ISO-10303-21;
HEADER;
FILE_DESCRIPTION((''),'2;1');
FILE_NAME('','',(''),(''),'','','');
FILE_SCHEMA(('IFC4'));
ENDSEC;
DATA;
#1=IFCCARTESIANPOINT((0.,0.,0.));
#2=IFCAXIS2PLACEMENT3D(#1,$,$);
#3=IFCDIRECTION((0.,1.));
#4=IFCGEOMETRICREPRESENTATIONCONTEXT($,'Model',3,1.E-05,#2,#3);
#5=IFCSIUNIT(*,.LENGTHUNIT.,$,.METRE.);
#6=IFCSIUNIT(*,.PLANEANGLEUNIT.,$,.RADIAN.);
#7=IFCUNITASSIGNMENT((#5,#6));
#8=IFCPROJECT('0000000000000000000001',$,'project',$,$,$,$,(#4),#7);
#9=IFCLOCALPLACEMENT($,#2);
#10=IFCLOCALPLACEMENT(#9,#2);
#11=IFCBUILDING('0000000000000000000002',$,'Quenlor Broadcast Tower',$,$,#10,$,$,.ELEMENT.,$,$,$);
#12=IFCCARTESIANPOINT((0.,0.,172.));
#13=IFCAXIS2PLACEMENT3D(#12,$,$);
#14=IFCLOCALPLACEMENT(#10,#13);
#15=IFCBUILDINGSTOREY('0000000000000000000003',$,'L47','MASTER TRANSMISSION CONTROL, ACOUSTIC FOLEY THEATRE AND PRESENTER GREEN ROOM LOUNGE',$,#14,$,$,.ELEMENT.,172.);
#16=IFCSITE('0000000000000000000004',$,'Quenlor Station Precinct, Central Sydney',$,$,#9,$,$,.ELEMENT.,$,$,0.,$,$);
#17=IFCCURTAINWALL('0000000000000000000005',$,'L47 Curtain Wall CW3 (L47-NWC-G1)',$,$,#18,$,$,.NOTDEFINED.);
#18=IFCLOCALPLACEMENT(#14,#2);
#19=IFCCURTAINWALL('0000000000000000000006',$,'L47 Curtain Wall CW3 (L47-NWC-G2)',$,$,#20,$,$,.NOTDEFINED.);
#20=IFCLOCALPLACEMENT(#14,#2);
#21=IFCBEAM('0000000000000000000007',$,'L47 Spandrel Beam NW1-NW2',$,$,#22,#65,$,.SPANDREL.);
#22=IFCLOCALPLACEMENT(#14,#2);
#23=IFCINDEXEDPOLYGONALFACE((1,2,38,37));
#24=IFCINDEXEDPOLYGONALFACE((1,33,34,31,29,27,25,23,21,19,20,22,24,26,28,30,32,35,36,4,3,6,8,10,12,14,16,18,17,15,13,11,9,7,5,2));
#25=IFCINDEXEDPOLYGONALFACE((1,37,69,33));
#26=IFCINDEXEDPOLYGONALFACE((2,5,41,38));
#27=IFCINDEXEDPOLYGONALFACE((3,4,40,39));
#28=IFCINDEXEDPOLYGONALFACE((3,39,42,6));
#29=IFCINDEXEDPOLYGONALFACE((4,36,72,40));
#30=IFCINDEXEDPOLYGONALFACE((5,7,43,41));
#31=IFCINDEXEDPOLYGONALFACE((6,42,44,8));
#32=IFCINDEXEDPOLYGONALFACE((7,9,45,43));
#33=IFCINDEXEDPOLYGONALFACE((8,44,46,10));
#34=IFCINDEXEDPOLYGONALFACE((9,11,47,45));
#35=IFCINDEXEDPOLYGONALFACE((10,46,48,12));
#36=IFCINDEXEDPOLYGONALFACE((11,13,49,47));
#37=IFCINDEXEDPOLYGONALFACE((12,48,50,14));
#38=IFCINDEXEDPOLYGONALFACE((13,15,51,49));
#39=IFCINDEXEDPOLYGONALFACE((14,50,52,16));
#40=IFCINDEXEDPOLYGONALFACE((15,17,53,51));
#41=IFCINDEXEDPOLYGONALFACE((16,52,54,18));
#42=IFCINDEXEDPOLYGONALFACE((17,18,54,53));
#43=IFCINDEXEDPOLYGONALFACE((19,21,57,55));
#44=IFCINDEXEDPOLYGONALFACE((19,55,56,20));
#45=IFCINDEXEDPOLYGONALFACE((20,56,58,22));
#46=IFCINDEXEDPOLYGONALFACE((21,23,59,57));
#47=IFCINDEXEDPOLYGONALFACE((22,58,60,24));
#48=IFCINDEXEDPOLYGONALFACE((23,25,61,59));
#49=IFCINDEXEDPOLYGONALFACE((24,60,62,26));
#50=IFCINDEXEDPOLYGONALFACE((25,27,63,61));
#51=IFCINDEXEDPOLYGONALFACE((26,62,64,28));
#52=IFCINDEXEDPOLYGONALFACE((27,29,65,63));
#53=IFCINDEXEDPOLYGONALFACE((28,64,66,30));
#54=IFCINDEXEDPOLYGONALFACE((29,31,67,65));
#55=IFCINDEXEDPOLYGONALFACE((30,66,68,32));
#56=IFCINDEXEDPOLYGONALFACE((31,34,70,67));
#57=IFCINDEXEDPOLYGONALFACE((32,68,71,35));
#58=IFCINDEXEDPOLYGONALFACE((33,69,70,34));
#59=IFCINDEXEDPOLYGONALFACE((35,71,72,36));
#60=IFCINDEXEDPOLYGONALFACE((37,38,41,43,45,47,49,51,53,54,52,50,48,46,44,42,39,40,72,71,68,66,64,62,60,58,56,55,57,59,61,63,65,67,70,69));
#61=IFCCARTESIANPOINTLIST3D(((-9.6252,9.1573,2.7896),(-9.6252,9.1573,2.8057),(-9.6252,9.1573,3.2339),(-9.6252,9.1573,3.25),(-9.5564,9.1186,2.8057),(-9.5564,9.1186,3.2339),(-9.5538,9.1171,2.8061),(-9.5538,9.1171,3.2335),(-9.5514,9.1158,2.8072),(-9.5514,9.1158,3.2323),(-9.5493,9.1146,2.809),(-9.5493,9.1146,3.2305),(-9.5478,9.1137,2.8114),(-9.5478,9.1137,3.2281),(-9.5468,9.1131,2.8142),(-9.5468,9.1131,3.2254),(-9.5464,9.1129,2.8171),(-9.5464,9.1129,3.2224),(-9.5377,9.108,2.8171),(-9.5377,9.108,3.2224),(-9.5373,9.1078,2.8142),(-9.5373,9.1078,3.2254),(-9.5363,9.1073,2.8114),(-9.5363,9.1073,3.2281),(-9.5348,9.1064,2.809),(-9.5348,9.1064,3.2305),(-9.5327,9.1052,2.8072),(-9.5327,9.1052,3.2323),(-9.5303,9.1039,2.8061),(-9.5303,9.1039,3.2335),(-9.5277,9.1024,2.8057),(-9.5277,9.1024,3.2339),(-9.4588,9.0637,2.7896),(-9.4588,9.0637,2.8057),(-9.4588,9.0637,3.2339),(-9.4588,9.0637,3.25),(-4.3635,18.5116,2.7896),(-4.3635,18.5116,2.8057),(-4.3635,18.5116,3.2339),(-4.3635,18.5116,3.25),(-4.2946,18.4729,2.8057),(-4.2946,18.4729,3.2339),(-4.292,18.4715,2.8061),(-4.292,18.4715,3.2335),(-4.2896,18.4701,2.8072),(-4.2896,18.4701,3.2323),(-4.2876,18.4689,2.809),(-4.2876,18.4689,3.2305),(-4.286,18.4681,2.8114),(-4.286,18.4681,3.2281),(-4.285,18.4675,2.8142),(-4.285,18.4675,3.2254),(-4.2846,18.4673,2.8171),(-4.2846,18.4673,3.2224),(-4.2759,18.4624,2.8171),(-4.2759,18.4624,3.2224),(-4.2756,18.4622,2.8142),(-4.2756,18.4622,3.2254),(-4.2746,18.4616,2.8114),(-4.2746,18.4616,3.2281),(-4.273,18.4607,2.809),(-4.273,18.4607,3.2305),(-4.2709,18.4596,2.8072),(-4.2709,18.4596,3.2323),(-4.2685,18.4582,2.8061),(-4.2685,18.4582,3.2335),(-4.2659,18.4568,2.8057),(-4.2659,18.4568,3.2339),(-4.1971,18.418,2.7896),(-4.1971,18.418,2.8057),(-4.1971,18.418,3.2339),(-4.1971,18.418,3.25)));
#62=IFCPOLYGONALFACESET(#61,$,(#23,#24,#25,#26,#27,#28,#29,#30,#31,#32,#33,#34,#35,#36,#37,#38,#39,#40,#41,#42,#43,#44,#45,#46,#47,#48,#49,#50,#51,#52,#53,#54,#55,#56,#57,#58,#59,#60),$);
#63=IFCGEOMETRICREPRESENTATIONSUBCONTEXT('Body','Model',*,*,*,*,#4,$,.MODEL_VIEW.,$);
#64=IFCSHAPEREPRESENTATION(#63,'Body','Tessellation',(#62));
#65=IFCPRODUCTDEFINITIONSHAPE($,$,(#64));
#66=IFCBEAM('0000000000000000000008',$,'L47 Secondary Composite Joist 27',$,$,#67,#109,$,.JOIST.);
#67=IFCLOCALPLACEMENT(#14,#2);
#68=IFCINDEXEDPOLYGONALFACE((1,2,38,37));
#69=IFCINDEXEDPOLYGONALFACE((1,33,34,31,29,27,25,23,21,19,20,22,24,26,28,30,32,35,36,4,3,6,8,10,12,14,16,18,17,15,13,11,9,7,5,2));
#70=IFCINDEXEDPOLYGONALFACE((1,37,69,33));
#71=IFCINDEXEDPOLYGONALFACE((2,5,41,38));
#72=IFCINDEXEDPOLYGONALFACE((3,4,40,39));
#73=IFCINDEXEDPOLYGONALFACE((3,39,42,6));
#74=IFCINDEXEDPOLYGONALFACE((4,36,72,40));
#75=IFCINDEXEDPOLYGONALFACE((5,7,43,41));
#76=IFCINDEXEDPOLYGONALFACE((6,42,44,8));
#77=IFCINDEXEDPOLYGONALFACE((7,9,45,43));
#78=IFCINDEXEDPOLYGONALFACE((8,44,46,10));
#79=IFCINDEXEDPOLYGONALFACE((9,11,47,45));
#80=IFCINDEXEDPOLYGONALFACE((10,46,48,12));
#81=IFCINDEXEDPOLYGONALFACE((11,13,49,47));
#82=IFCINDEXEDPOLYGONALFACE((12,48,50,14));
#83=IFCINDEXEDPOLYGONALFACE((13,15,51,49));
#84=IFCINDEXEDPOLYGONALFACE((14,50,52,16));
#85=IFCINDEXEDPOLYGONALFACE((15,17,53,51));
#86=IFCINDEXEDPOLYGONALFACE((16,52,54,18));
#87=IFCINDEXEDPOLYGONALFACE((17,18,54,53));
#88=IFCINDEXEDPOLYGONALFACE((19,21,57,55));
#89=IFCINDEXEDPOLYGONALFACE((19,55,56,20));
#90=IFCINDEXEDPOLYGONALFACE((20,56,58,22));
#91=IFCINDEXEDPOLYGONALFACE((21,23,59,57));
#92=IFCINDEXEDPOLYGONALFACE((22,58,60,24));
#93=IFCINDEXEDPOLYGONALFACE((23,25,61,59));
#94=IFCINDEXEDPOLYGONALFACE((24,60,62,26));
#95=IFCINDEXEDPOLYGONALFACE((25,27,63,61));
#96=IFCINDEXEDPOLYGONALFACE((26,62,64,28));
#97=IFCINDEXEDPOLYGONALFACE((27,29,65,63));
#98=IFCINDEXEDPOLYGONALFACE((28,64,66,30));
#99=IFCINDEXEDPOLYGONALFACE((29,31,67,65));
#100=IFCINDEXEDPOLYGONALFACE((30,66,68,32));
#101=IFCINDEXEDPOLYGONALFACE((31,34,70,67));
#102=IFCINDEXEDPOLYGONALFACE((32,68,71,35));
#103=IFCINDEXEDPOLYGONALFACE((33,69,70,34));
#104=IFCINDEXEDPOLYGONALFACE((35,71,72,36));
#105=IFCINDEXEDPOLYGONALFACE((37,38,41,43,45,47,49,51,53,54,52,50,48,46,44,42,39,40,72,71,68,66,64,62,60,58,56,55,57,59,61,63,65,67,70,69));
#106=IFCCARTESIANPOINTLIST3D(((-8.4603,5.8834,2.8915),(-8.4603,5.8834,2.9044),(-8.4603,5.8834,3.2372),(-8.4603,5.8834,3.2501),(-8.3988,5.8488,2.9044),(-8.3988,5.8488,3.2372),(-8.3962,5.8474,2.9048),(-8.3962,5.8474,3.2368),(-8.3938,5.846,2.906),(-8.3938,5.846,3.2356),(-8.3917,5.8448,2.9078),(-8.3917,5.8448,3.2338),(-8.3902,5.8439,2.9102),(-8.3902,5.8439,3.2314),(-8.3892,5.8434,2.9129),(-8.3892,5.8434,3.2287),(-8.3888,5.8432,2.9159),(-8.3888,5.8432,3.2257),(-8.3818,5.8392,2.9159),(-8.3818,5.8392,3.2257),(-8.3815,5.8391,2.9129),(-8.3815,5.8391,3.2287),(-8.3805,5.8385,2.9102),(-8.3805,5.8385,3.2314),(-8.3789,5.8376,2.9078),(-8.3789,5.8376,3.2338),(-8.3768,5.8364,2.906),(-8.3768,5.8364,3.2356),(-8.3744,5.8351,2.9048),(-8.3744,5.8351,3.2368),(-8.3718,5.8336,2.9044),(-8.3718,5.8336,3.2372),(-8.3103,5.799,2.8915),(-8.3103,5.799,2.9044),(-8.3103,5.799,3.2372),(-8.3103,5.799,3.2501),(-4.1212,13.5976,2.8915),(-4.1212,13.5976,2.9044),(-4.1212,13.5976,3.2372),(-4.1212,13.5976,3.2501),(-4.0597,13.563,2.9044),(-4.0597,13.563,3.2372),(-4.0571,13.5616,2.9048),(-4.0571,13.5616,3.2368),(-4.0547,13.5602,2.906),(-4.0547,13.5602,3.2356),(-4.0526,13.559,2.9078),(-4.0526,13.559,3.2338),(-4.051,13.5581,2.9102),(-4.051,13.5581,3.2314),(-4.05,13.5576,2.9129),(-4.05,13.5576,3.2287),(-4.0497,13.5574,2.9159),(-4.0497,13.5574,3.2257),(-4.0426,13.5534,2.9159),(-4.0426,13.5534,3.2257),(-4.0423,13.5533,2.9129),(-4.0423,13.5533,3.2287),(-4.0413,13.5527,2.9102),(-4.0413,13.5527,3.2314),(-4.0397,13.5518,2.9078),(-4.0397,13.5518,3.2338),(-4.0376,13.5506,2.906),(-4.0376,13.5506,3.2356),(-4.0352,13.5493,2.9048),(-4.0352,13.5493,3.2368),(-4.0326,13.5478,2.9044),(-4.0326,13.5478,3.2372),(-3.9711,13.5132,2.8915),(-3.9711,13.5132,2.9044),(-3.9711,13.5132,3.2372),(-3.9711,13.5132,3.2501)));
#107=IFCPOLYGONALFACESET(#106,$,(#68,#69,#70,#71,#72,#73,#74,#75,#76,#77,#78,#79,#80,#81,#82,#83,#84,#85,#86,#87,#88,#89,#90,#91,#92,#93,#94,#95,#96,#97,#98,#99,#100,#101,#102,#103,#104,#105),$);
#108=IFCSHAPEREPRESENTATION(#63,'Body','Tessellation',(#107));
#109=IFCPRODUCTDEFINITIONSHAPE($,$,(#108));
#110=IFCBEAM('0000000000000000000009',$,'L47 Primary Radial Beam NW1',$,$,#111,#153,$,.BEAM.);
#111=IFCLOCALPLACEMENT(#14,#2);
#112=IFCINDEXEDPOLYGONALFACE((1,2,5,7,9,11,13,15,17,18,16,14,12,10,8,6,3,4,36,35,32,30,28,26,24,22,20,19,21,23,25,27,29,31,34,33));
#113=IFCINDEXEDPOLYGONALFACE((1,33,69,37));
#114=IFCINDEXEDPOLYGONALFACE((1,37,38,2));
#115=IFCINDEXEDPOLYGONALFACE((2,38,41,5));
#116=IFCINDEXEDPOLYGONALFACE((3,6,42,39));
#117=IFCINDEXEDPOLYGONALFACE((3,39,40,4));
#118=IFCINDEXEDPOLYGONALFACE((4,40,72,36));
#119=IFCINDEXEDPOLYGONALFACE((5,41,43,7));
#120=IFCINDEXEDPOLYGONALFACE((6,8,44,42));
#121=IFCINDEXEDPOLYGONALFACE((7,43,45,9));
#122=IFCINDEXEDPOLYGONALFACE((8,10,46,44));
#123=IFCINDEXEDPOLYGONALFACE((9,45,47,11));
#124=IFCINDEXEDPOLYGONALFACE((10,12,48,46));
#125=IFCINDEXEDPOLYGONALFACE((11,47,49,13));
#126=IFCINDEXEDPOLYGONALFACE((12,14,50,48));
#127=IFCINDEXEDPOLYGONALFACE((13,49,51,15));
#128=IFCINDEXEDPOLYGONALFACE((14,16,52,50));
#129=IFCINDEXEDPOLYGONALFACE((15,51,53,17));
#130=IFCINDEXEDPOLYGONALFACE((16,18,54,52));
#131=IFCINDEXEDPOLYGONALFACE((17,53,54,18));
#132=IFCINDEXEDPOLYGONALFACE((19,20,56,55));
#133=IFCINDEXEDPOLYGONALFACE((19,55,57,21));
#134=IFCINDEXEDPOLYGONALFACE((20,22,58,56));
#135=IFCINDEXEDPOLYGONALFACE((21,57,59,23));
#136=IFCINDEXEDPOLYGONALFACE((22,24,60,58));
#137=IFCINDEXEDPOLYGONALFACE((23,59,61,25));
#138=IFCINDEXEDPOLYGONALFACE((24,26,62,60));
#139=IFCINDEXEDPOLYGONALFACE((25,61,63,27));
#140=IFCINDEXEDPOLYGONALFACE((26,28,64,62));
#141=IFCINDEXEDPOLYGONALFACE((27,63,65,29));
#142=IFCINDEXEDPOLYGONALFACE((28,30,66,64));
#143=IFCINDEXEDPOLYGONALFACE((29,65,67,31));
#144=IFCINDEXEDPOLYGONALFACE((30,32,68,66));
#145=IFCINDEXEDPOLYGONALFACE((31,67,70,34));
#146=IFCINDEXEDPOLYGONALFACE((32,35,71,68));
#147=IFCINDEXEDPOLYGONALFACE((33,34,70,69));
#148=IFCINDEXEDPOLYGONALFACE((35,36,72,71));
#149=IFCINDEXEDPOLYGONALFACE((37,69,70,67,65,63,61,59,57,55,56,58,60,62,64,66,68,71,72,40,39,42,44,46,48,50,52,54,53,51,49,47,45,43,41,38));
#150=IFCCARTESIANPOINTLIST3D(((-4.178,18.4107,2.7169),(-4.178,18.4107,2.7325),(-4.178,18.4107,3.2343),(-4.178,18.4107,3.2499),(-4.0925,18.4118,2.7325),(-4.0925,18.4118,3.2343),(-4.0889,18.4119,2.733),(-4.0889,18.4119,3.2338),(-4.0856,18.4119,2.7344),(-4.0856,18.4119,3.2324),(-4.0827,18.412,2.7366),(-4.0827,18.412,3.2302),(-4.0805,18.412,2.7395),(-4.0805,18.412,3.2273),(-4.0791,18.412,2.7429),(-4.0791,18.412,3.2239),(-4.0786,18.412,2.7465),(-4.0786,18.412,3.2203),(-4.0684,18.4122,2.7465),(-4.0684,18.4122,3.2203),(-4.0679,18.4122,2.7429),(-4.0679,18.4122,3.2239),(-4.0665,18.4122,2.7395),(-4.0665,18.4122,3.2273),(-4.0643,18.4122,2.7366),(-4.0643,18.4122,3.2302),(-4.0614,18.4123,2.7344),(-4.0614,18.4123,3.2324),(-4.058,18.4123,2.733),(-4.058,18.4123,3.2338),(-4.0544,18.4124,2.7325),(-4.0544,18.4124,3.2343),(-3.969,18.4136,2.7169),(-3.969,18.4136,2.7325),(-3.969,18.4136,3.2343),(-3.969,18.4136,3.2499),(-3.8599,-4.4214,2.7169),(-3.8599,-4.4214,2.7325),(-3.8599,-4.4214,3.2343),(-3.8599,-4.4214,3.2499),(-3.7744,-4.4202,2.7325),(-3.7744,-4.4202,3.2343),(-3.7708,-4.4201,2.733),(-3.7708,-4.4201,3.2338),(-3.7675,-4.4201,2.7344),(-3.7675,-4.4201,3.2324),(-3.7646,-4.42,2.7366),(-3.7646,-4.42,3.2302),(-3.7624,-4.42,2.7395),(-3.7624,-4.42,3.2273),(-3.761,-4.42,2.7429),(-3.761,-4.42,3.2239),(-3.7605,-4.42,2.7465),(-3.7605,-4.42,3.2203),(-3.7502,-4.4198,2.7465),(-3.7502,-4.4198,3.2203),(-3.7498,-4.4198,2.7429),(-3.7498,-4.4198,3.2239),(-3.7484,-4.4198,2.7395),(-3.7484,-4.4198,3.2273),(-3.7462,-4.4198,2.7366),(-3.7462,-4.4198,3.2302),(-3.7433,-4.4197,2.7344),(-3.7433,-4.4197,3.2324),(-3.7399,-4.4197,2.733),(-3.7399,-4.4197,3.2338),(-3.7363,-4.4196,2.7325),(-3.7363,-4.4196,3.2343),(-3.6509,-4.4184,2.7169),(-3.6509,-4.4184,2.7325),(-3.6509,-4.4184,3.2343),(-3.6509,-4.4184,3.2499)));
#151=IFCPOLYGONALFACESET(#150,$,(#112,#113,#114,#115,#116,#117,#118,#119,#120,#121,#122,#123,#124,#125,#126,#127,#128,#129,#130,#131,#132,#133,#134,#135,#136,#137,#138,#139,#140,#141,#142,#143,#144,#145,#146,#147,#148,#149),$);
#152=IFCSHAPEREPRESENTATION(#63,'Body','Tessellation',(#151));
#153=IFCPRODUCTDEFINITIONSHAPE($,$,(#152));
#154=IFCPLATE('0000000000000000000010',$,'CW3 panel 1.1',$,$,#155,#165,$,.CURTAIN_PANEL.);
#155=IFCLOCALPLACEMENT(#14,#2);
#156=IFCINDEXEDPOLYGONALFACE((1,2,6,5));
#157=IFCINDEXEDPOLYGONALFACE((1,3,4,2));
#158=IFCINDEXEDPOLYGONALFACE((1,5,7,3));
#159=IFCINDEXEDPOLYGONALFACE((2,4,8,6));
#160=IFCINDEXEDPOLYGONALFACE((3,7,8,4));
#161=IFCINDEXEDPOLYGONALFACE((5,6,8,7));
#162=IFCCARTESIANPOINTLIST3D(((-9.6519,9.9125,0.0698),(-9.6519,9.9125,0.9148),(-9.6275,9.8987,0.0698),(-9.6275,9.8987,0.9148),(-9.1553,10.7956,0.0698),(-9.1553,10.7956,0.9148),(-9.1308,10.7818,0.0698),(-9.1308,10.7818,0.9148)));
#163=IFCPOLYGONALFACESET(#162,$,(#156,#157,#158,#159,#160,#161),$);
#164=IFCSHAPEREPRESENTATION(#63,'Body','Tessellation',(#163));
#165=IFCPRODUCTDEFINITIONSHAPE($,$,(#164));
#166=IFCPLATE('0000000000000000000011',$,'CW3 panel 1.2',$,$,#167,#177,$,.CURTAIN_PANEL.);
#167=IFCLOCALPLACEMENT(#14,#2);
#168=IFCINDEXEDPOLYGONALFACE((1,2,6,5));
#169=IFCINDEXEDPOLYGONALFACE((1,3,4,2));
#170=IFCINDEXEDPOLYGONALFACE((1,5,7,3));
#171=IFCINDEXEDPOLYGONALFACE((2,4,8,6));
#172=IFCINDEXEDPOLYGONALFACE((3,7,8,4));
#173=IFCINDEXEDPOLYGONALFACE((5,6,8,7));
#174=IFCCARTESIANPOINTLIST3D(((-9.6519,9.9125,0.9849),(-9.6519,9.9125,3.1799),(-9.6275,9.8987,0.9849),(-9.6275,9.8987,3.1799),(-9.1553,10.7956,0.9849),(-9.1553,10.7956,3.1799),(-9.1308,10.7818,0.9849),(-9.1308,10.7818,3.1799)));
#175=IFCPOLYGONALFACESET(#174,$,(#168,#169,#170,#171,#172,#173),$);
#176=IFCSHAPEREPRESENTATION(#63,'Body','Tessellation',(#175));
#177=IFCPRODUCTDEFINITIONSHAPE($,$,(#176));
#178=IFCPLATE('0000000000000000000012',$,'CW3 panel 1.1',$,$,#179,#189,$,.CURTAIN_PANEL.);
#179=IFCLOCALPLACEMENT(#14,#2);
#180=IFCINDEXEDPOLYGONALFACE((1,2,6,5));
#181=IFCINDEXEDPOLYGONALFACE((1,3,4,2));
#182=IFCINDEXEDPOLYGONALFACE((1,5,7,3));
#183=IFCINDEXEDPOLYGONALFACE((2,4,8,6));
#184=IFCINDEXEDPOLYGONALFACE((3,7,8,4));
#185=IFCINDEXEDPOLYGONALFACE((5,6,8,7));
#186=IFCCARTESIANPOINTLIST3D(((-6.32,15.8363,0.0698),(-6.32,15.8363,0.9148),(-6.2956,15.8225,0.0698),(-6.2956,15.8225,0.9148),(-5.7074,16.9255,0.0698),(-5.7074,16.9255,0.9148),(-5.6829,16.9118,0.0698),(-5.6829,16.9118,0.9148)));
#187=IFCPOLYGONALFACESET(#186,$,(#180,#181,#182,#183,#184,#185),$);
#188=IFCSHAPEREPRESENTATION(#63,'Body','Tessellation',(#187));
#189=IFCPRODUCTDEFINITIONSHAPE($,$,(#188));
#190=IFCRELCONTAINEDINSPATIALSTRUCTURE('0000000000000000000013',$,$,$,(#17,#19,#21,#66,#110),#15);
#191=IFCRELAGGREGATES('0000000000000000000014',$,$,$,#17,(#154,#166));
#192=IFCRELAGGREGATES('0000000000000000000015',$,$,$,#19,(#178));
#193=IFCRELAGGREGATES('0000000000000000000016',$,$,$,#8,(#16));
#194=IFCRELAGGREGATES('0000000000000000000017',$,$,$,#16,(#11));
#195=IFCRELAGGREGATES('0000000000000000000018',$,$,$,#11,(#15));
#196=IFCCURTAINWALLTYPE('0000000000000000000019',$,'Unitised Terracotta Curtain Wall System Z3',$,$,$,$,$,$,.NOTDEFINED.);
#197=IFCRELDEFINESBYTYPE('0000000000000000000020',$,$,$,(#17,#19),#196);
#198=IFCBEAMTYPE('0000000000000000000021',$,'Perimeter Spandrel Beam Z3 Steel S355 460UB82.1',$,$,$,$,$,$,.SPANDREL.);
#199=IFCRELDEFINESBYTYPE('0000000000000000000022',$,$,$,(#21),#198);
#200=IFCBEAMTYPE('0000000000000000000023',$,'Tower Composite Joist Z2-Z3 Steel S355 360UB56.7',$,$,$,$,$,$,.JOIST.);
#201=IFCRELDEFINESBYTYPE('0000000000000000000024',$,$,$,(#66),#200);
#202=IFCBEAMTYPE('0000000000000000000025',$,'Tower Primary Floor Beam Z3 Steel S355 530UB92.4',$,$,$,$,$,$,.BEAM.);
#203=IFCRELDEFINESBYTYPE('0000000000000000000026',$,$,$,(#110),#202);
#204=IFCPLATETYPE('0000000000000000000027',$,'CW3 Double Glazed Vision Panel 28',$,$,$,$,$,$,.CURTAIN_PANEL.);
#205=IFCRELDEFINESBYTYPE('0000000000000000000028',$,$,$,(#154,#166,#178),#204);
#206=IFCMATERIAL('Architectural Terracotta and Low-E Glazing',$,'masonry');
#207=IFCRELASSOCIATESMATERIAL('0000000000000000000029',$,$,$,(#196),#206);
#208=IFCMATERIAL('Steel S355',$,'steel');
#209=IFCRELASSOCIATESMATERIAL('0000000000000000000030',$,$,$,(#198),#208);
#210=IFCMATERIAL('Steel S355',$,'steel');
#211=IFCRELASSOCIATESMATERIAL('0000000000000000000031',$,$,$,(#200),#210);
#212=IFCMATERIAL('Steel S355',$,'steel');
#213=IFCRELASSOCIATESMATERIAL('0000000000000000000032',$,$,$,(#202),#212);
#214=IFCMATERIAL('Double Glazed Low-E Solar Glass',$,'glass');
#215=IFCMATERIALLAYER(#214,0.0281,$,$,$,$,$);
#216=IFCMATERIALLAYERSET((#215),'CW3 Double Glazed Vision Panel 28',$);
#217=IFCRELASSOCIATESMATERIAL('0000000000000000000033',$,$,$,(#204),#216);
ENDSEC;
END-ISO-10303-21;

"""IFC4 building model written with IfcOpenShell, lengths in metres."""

from ifc_helpers import new_model, si_unit, direction, frame, origin, origin_2d, place, context, subcontext, project, spatial, rectangle, i_section, extrude, material, layer, layer_set, material_profile, profile_set, type_object, element, aggregate, save


model = new_model("IFC4")

# Units and contexts
model_context = context("Model", 3, precision=1e-05, world=origin(), true_north=direction((0.0, 1.0)))
body_context = subcontext(model_context, "Body", "Model", "MODEL_VIEW")
ifc_project = project(units=[si_unit("LENGTHUNIT", "METRE"), si_unit("PLANEANGLEUNIT", "RADIAN")], contexts=[model_context])

# Site, building, storey
site_placement = place(None, origin())
site = spatial("IfcSite", under=ifc_project, at=site_placement, Name="Quenlor Station Precinct, Central Sydney", CompositionType="ELEMENT", RefElevation=0.0)
building_placement = place(site_placement, origin())
building = spatial("IfcBuilding", under=site, at=building_placement, Name="Quenlor Broadcast Tower", CompositionType="ELEMENT")
storey_placement = place(building_placement, frame((0.0, 0.0, 172.0)))
storey = spatial("IfcBuildingStorey", under=building, at=storey_placement, Name="L47", Description="MASTER TRANSMISSION CONTROL, ACOUSTIC FOLEY THEATRE AND PRESENTER GREEN ROOM LOUNGE", CompositionType="ELEMENT", Elevation=172.0)

# Curtain wall
ifc_material_1 = material(Name="Architectural Terracotta and Low-E Glazing", Category="masonry")
curtain_wall_type = type_object("IfcCurtainWallType", Name="Unitised Terracotta Curtain Wall System Z3", PredefinedType="NOTDEFINED", material=ifc_material_1)
curtain_wall_1_placement = place(storey_placement, origin())
curtain_wall_1 = element("IfcCurtainWall", 1, at=curtain_wall_1_placement, inside=storey, type_object=curtain_wall_type, Name="L47 Curtain Wall CW3 (L47-NWC-G1)", PredefinedType="NOTDEFINED")

# Curtain wall
curtain_wall_2_placement = place(storey_placement, origin())
curtain_wall_2 = element("IfcCurtainWall", 2, at=curtain_wall_2_placement, inside=storey, type_object=curtain_wall_type, Name="L47 Curtain Wall CW3 (L47-NWC-G2)", PredefinedType="NOTDEFINED")

# Beams
ifc_material_2 = material(Name="Steel S355", Category="steel")
ifc_material_profile_1 = material_profile(ifc_material_2, i_section(OverallWidth=0.1909, OverallDepth=0.4604, WebThickness=0.01, FlangeThickness=0.0161, FilletRadius=0.0115, at=origin_2d()))
ifc_profile_set_1 = profile_set([ifc_material_profile_1], Name="Steel S355 460UB82.1")
beam_type_1 = type_object("IfcBeamType", Name="Perimeter Spandrel Beam Z3 Steel S355 460UB82.1", PredefinedType="SPANDREL", material=ifc_profile_set_1)
beam_1_placement = place(storey_placement, frame((-4.2803, 18.4648, 3.0198), z_axis=(-0.490258, -0.871577, 0.0), x_axis=(0.871577, -0.490258, 0.0)))
element("IfcBeam", 3, at=beam_1_placement, inside=storey, type_object=beam_type_1, Name="L47 Spandrel Beam NW1-NW2", PredefinedType="SPANDREL", context=body_context, shape_type="SweptSolid", body=[
    extrude(i_section(OverallWidth=0.1909, OverallDepth=0.4604, WebThickness=0.01, FlangeThickness=0.0161, FilletRadius=0.0115, at=origin_2d()), origin(), (0.0, 0.0, 1.0), 10.7327),
])
ifc_material_3 = material(Name="Steel S355", Category="steel")
ifc_material_profile_2 = material_profile(ifc_material_3, i_section(OverallWidth=0.1721, OverallDepth=0.3586, WebThickness=0.0081, FlangeThickness=0.0129, FilletRadius=0.0115, at=origin_2d()))
ifc_profile_set_2 = profile_set([ifc_material_profile_2], Name="Steel S355 360UB56.7")
beam_type_2 = type_object("IfcBeamType", Name="Tower Composite Joist Z2-Z3 Steel S355 360UB56.7", PredefinedType="JOIST", material=ifc_profile_set_2)
beam_2_placement = place(storey_placement, frame((-4.0461, 13.5554, 3.0708), z_axis=(-0.490255, -0.871579, 0.0), x_axis=(0.871579, -0.490255, 0.0)))
element("IfcBeam", 4, at=beam_2_placement, inside=storey, type_object=beam_type_2, Name="L47 Secondary Composite Joist 27", PredefinedType="JOIST", context=body_context, shape_type="SweptSolid", body=[
    extrude(i_section(OverallWidth=0.1721, OverallDepth=0.3586, WebThickness=0.0081, FlangeThickness=0.0129, FilletRadius=0.0115, at=origin_2d()), origin(), (0.0, 0.0, 1.0), 8.8508),
])
ifc_material_4 = material(Name="Steel S355", Category="steel")
ifc_material_profile_3 = material_profile(ifc_material_4, i_section(OverallWidth=0.209, OverallDepth=0.533, WebThickness=0.0103, FlangeThickness=0.0156, FilletRadius=0.0139, at=origin_2d()))
ifc_profile_set_3 = profile_set([ifc_material_profile_3], Name="Steel S355 530UB92.4")
beam_type_3 = type_object("IfcBeamType", Name="Tower Primary Floor Beam Z3 Steel S355 530UB92.4", PredefinedType="BEAM", material=ifc_profile_set_3)
beam_3_placement = place(storey_placement, frame((-4.0735, 18.4121, 2.9834), z_axis=(0.013931, -0.999903, 0.0), x_axis=(0.999903, 0.013931, 0.0)))
element("IfcBeam", 5, at=beam_3_placement, inside=storey, type_object=beam_type_3, Name="L47 Primary Radial Beam NW1", PredefinedType="BEAM", context=body_context, shape_type="SweptSolid", body=[
    extrude(i_section(OverallWidth=0.209, OverallDepth=0.533, WebThickness=0.0103, FlangeThickness=0.0156, FilletRadius=0.0139, at=origin_2d()), origin(), (0.0, 0.0, 1.0), 22.8342),
])

# Plates
ifc_material_5 = material(Name="Double Glazed Low-E Solar Glass", Category="glass")
ifc_layer_1 = layer(ifc_material_5, 0.0281)
ifc_layer_set_1 = layer_set([ifc_layer_1], Name="CW3 Double Glazed Vision Panel 28")
plate_type_1 = type_object("IfcPlateType", Name="CW3 Double Glazed Vision Panel 28", PredefinedType="CURTAIN_PANEL", material=ifc_layer_set_1)
plate_1_placement = place(storey_placement, frame((-9.3914, 10.3472, 0.0698), z_axis=(0.0, 0.0, 1.0), x_axis=(0.490216, 0.871601, 0.0)))
plate_1 = element("IfcPlate", 6, at=plate_1_placement, type_object=plate_type_1, Name="CW3 panel 1.1", PredefinedType="CURTAIN_PANEL", context=body_context, shape_type="SweptSolid", body=[
    extrude(rectangle(XDim=1.0132, YDim=0.0281, at=origin_2d()), origin(), (0.0, 0.0, 1.0), 0.845),
])
plate_2_placement = place(storey_placement, frame((-9.3914, 10.3472, 0.9849), z_axis=(0.0, 0.0, 1.0), x_axis=(0.490216, 0.871601, 0.0)))
plate_2 = element("IfcPlate", 7, at=plate_2_placement, type_object=plate_type_1, Name="CW3 panel 1.2", PredefinedType="CURTAIN_PANEL", context=body_context, shape_type="SweptSolid", body=[
    extrude(rectangle(XDim=1.0132, YDim=0.0281, at=origin_2d()), origin(), (0.0, 0.0, 1.0), 2.1951),
])
aggregate(curtain_wall_1, [plate_1, plate_2])
plate_3_placement = place(storey_placement, frame((-6.0015, 16.374, 0.0698), z_axis=(0.0, 0.0, 1.0), x_axis=(0.49023, 0.871593, 0.0)))
plate_3 = element("IfcPlate", 8, at=plate_3_placement, type_object=plate_type_1, Name="CW3 panel 1.1", PredefinedType="CURTAIN_PANEL", context=body_context, shape_type="SweptSolid", body=[
    extrude(rectangle(XDim=1.2498, YDim=0.0281, at=origin_2d()), origin(), (0.0, 0.0, 1.0), 0.845),
])
aggregate(curtain_wall_2, [plate_3])

save(model, "model.ifc")
